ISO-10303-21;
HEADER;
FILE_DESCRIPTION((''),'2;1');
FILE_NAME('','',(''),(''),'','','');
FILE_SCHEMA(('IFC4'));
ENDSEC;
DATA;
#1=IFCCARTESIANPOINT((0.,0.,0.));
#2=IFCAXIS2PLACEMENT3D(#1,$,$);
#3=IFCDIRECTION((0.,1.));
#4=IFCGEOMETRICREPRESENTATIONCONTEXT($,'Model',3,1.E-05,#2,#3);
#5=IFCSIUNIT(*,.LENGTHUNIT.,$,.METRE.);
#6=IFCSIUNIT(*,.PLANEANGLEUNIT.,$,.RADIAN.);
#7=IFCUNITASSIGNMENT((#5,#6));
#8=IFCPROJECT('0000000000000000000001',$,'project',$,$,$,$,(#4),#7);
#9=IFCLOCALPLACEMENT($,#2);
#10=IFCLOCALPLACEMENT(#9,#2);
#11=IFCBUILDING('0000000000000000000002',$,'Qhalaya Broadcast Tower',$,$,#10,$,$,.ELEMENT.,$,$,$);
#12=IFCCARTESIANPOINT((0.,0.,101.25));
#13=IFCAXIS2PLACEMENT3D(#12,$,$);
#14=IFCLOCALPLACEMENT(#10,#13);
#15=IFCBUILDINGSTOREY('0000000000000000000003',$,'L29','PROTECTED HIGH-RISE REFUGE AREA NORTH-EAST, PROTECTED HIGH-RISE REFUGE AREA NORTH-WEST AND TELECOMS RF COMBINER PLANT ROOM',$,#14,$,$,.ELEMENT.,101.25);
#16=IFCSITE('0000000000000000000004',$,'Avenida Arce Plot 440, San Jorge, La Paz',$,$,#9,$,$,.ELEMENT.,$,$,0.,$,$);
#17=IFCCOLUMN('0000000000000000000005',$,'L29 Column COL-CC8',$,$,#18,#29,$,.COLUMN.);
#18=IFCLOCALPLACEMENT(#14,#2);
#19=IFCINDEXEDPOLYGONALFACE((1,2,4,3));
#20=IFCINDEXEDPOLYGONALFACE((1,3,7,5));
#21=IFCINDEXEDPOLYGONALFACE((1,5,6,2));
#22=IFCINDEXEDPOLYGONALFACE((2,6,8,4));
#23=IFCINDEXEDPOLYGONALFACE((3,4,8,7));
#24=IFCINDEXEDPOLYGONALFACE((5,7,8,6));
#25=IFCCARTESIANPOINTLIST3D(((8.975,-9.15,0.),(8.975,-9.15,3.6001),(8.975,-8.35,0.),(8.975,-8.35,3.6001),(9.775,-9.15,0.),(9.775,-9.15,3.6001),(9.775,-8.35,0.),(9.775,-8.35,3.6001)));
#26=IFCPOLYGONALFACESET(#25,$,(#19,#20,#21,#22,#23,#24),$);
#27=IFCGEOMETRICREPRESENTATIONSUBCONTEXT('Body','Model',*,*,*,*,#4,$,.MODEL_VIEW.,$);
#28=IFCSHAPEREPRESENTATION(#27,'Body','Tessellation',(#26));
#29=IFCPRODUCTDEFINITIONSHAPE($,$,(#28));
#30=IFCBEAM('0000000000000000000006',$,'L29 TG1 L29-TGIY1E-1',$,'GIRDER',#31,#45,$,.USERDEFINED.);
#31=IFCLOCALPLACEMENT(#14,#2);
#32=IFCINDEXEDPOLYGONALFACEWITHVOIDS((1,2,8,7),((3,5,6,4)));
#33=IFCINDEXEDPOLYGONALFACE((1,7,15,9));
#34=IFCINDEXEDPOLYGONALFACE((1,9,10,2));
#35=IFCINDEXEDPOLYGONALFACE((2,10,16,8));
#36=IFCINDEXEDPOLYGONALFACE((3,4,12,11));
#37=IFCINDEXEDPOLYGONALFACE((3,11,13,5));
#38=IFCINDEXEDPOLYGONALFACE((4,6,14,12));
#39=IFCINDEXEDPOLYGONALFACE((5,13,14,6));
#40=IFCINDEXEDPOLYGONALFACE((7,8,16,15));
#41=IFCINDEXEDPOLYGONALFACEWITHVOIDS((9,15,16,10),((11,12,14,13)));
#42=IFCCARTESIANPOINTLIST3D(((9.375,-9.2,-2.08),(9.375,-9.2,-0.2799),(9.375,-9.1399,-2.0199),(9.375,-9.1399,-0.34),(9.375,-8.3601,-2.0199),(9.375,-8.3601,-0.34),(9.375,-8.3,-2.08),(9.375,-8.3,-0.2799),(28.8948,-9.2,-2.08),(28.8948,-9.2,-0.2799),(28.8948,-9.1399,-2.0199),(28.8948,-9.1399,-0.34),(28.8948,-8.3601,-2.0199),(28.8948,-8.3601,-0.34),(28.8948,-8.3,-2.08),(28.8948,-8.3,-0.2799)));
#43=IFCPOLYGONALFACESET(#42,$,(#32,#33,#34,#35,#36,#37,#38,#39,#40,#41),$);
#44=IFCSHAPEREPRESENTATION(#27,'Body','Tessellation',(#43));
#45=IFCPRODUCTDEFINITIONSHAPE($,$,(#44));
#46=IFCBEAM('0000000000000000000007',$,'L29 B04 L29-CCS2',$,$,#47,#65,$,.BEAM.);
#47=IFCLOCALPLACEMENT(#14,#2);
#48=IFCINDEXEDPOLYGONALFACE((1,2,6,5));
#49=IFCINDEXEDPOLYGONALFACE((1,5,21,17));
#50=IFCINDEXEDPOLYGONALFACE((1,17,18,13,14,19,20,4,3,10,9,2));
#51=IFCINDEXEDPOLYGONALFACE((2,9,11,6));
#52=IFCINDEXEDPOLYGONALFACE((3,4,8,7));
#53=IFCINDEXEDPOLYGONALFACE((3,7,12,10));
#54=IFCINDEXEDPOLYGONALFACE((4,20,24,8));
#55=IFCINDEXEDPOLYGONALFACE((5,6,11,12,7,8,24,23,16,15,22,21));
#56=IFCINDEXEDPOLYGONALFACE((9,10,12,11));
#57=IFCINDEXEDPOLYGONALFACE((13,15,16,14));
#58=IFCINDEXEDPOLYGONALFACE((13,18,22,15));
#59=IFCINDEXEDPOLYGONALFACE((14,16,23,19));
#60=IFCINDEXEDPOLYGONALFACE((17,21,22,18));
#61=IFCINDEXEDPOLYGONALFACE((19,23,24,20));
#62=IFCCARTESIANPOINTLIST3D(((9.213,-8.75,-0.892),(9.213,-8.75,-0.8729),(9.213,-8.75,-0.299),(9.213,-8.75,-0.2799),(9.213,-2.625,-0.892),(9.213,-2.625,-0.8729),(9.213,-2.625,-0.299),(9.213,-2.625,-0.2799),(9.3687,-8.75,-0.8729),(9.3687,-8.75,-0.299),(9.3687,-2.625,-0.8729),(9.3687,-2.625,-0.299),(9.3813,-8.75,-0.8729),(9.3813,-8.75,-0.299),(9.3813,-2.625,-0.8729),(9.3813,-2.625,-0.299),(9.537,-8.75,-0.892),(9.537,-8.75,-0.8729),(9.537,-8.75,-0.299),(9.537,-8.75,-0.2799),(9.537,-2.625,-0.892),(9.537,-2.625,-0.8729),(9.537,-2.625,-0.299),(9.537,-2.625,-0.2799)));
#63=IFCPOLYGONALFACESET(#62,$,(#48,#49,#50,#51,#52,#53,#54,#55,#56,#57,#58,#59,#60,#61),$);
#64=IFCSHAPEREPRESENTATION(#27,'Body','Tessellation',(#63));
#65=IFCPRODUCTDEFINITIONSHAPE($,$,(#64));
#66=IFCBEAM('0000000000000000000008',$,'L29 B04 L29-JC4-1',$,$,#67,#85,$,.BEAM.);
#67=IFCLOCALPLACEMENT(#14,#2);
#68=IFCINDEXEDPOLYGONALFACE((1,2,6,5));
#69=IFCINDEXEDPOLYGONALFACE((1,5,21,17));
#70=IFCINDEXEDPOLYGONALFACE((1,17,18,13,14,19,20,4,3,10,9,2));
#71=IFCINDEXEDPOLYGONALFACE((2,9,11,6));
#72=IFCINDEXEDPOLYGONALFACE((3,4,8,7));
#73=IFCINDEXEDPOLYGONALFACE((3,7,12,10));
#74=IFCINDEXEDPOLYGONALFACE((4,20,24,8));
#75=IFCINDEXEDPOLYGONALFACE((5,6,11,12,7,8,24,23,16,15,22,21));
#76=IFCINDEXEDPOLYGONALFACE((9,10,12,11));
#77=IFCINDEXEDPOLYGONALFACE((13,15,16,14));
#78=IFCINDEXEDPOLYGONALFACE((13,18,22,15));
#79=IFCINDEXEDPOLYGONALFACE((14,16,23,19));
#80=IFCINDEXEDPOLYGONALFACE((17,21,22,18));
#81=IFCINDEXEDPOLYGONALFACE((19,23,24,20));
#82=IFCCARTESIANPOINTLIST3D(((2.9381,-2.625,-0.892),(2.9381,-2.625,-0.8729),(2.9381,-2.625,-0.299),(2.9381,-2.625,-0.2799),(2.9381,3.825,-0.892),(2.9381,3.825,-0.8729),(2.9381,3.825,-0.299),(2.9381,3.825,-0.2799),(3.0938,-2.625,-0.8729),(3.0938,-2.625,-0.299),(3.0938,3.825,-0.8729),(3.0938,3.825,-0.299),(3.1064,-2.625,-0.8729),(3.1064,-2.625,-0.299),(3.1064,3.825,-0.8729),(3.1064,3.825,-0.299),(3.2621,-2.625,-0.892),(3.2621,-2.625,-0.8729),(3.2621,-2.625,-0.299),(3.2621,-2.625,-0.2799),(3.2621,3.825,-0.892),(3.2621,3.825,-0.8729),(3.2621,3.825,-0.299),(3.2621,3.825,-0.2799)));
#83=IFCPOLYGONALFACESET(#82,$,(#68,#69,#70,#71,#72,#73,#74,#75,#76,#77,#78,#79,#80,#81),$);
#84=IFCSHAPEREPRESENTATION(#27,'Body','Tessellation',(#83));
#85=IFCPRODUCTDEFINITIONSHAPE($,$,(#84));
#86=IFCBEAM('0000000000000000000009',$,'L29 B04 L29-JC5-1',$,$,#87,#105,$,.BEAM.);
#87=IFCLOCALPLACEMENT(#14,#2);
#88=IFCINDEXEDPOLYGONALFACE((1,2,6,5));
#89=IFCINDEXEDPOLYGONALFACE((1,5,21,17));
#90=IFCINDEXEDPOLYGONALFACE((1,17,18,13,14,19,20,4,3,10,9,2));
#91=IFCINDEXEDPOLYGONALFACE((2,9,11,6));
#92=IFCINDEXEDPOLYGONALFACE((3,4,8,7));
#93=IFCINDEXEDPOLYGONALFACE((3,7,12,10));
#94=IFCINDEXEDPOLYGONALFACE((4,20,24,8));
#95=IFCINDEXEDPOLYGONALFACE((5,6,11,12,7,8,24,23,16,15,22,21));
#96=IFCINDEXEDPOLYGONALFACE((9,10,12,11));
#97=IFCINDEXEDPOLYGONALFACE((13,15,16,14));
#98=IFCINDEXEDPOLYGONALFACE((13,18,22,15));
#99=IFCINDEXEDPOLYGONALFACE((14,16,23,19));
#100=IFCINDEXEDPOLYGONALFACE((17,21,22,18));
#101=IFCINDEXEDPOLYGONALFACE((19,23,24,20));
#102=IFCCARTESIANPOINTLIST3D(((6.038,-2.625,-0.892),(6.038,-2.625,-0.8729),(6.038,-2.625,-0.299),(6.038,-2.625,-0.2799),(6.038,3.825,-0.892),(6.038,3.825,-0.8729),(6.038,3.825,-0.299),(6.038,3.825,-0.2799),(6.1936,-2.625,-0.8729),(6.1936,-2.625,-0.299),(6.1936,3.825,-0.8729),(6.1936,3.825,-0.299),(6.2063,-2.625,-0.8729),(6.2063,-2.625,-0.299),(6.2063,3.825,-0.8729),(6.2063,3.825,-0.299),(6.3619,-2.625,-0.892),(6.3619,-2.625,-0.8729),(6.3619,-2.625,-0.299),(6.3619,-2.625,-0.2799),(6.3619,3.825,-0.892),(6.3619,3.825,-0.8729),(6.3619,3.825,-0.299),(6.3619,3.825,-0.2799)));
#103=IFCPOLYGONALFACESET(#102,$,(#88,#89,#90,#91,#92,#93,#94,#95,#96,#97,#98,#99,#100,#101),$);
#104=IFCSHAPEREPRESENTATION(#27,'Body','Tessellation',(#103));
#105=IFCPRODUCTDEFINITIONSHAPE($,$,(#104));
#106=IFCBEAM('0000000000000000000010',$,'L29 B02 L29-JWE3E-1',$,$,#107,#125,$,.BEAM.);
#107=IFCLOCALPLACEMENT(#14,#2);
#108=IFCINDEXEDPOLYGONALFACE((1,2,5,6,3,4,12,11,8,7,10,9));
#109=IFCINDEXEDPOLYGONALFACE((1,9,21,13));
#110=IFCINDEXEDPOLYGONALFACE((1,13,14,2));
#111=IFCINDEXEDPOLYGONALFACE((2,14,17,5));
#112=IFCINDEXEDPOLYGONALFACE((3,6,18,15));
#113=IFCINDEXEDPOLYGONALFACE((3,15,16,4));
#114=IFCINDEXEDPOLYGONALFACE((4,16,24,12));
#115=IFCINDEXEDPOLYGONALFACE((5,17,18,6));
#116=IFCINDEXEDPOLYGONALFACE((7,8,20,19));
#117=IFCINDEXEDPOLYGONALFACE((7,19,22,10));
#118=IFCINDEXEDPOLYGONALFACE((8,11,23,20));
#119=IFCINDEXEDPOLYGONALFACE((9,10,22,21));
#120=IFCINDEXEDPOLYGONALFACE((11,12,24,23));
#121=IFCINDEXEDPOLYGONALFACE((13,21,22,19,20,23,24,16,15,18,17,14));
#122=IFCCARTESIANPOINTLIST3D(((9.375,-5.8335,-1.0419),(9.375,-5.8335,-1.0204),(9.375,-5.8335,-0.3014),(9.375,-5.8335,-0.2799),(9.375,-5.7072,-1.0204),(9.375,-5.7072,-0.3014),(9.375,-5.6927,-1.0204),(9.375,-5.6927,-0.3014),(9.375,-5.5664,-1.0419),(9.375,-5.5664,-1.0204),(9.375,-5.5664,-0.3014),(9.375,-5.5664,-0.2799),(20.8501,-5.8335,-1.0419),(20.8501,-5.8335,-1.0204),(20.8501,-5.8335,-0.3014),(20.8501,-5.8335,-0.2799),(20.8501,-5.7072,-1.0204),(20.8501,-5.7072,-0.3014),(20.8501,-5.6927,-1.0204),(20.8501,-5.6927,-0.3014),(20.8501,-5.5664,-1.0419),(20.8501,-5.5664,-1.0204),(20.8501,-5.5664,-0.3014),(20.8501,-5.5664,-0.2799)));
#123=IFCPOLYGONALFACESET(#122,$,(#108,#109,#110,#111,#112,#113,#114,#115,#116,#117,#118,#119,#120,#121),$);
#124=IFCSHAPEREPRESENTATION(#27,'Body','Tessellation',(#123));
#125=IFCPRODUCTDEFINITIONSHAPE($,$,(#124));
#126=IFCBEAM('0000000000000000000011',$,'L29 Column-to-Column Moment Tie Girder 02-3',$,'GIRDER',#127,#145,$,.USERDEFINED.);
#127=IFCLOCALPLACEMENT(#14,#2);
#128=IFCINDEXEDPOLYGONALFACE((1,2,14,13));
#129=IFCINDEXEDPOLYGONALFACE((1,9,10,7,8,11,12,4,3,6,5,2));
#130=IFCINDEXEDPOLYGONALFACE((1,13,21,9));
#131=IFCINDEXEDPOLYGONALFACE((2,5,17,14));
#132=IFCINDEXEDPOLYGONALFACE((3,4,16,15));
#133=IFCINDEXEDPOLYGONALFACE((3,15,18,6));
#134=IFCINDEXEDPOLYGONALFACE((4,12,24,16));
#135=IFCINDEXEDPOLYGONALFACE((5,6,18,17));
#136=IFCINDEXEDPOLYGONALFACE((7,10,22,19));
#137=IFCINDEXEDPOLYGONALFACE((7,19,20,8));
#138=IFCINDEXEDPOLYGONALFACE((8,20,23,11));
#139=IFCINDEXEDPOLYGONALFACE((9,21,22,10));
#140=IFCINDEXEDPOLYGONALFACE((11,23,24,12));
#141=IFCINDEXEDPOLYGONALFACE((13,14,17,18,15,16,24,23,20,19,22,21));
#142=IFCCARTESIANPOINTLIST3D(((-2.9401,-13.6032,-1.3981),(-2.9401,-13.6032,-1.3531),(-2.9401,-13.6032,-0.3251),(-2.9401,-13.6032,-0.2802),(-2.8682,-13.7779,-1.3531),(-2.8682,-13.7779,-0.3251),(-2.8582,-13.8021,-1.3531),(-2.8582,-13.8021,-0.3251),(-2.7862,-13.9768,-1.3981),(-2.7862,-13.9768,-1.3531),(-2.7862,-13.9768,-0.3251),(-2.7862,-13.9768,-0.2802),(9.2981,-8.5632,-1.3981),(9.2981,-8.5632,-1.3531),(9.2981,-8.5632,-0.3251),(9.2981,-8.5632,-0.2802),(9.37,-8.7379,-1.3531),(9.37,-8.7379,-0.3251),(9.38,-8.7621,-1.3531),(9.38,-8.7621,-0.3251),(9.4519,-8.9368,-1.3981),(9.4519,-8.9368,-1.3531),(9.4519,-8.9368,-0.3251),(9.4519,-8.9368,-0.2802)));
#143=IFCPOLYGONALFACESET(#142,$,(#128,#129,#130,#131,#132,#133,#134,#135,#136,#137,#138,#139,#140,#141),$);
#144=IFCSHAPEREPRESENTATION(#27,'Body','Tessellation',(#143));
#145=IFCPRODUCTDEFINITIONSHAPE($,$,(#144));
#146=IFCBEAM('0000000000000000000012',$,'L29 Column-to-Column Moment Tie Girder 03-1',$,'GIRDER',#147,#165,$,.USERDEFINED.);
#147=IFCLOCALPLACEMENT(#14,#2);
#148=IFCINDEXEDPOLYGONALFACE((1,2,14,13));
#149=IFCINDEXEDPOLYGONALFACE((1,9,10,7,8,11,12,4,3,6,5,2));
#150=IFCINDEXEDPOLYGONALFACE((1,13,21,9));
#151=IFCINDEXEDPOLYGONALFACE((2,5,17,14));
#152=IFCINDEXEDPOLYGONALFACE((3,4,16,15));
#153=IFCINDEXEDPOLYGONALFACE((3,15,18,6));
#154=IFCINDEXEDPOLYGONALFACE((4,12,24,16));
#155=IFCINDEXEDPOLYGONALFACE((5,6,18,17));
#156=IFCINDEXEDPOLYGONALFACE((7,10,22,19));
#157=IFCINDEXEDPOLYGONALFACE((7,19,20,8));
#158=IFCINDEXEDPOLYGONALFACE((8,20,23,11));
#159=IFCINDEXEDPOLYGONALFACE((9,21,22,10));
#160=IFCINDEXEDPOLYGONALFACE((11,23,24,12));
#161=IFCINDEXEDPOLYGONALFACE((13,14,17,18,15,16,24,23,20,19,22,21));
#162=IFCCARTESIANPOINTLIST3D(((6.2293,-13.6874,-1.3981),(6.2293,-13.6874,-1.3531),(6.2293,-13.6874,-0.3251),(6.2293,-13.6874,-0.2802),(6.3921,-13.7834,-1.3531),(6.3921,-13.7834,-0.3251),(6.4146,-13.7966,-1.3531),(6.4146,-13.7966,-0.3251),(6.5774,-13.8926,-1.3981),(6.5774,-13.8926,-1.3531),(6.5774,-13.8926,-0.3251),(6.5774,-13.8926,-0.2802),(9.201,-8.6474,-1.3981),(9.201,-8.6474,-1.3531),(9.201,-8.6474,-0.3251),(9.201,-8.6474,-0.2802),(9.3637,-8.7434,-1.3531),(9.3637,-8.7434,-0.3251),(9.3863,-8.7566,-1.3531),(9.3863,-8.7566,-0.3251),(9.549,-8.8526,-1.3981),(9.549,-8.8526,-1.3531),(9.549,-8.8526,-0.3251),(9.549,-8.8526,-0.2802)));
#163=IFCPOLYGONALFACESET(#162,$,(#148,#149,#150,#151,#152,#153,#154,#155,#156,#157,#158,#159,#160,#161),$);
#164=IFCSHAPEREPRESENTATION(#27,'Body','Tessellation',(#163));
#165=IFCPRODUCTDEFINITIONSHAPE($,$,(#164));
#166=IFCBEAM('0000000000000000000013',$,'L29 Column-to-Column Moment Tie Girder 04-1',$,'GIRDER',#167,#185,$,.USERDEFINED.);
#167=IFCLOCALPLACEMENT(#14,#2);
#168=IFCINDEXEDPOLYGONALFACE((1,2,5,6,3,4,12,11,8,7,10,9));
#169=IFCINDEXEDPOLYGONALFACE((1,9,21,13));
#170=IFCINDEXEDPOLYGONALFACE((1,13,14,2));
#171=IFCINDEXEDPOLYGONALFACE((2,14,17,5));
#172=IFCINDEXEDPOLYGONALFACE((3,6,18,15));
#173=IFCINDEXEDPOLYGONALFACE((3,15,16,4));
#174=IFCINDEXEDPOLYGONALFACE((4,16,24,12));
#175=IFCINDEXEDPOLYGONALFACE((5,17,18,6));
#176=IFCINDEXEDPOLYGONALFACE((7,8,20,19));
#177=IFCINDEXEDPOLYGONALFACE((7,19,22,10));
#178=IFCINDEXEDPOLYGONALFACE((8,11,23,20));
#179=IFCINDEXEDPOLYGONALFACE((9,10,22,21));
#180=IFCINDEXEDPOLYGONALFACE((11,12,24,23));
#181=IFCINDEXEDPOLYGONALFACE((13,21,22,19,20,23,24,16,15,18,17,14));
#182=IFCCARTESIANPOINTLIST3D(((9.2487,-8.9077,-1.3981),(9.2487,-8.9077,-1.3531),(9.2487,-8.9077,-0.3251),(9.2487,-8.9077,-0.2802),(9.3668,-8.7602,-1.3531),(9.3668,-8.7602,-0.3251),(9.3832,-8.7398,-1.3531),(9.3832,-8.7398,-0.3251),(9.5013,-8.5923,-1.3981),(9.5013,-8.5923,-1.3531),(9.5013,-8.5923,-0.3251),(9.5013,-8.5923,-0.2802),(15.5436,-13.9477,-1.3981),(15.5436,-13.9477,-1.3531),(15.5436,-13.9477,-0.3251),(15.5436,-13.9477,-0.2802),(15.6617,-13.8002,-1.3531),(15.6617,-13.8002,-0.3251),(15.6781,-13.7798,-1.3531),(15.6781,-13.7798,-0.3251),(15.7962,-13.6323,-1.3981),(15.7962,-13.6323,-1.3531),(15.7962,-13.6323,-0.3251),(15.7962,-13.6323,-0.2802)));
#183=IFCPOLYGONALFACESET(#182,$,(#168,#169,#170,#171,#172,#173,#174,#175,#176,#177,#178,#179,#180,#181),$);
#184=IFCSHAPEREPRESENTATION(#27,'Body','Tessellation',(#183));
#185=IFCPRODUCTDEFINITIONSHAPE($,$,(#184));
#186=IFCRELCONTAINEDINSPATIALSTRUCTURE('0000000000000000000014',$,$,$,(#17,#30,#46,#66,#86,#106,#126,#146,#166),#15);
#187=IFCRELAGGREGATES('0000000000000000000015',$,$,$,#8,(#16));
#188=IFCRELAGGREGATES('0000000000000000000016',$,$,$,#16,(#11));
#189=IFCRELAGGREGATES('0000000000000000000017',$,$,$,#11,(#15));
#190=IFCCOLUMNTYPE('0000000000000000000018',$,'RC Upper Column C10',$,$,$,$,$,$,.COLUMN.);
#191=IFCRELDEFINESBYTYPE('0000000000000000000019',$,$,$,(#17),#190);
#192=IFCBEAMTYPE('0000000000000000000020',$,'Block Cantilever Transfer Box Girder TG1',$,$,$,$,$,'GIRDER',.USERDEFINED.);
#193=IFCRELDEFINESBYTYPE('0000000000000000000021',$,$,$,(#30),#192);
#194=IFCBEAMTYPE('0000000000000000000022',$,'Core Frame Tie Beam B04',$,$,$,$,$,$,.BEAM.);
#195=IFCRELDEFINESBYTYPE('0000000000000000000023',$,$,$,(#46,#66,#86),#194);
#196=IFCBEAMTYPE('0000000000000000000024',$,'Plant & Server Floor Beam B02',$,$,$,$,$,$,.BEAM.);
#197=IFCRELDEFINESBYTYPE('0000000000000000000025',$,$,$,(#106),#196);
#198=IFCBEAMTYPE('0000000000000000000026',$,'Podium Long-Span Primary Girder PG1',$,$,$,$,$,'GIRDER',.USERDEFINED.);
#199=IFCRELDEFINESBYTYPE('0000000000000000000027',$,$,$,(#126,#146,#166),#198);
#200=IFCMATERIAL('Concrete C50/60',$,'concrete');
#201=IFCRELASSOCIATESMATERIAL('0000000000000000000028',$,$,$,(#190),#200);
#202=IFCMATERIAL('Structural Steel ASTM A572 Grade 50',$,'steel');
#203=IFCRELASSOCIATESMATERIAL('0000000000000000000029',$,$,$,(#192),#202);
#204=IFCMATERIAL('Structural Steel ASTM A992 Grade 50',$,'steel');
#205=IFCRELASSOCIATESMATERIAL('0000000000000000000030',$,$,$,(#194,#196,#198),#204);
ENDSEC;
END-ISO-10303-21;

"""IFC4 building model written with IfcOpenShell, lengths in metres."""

from ifc_helpers import new_model, si_unit, direction, frame, origin, origin_2d, place, context, subcontext, project, spatial, rectangle, hollow_rectangle, i_section, extrude, material, material_profile, profile_set, type_object, element, save


model = new_model("IFC4")

# Units and contexts
model_context = context("Model", 3, precision=1e-05, world=origin(), true_north=direction((0.0, 1.0)))
body_context = subcontext(model_context, "Body", "Model", "MODEL_VIEW")
ifc_project = project(units=[si_unit("LENGTHUNIT", "METRE"), si_unit("PLANEANGLEUNIT", "RADIAN")], contexts=[model_context])

# Site, building, storey
site_placement = place(None, origin())
site = spatial("IfcSite", under=ifc_project, at=site_placement, Name="Avenida Arce Plot 440, San Jorge, La Paz", CompositionType="ELEMENT", RefElevation=0.0)
building_placement = place(site_placement, origin())
building = spatial("IfcBuilding", under=site, at=building_placement, Name="Qhalaya Broadcast Tower", CompositionType="ELEMENT")
storey_placement = place(building_placement, frame((0.0, 0.0, 101.25)))
storey = spatial("IfcBuildingStorey", under=building, at=storey_placement, Name="L29", Description="PROTECTED HIGH-RISE REFUGE AREA NORTH-EAST, PROTECTED HIGH-RISE REFUGE AREA NORTH-WEST AND TELECOMS RF COMBINER PLANT ROOM", CompositionType="ELEMENT", Elevation=101.25)

# Column
ifc_material_1 = material(Name="Concrete C50/60", Category="concrete")
ifc_material_profile_1 = material_profile(ifc_material_1, rectangle(XDim=0.8, YDim=0.8, at=origin_2d()), Name="RC-COL 800x800")
ifc_profile_set_1 = profile_set([ifc_material_profile_1], Name="Concrete C50/60")
column_type = type_object("IfcColumnType", Name="RC Upper Column C10", PredefinedType="COLUMN", material=ifc_profile_set_1)
column_placement = place(storey_placement, frame((9.375, -8.75, 0.0), z_axis=(0.0, 0.0, 1.0), x_axis=(1.0, 0.0, 0.0)))
element("IfcColumn", 1, at=column_placement, inside=storey, type_object=column_type, Name="L29 Column COL-CC8", PredefinedType="COLUMN", context=body_context, shape_type="SweptSolid", body=[
    extrude(rectangle(XDim=0.8, YDim=0.8, at=origin_2d()), origin(), (0.0, 0.0, 1.0), 3.6001),
])

# Beams
ifc_material_2 = material(Name="Structural Steel ASTM A572 Grade 50", Category="steel")
ifc_material_profile_2 = material_profile(ifc_material_2, hollow_rectangle(XDim=0.8999, YDim=1.8, WallThickness=0.0601, at=origin_2d()), Name="BOX 900x1800x60")
ifc_profile_set_2 = profile_set([ifc_material_profile_2], Name="Structural Steel ASTM A572 Grade 50")
beam_type_1 = type_object("IfcBeamType", Name="Block Cantilever Transfer Box Girder TG1", ElementType="GIRDER", PredefinedType="USERDEFINED", material=ifc_profile_set_2)
beam_1_placement = place(storey_placement, frame((9.375, -8.75, -1.1799), z_axis=(1.0, 0.0, 0.0), x_axis=(0.0, 1.0, 0.0)))
element("IfcBeam", 2, at=beam_1_placement, inside=storey, type_object=beam_type_1, Name="L29 TG1 L29-TGIY1E-1", ObjectType="GIRDER", PredefinedType="USERDEFINED", context=body_context, shape_type="SweptSolid", body=[
    extrude(hollow_rectangle(XDim=0.8999, YDim=1.8, WallThickness=0.0601, at=origin_2d()), origin(), (0.0, 0.0, 1.0), 19.5198),
])
ifc_material_3 = material(Name="Structural Steel ASTM A992 Grade 50", Category="steel")
ifc_material_profile_3 = material_profile(ifc_material_3, i_section(OverallWidth=0.324, OverallDepth=0.6121, WebThickness=0.0127, FlangeThickness=0.019, at=origin_2d()), Name="W24X104")
ifc_profile_set_3 = profile_set([ifc_material_profile_3], Name="Structural Steel ASTM A992 Grade 50")
beam_type_2 = type_object("IfcBeamType", Name="Core Frame Tie Beam B04", PredefinedType="BEAM", material=ifc_profile_set_3)
beam_2_placement = place(storey_placement, frame((9.375, -8.75, -0.5859), z_axis=(0.0, 1.0, 0.0), x_axis=(-1.0, 0.0, 0.0)))
element("IfcBeam", 3, at=beam_2_placement, inside=storey, type_object=beam_type_2, Name="L29 B04 L29-CCS2", PredefinedType="BEAM", context=body_context, shape_type="SweptSolid", body=[
    extrude(i_section(OverallWidth=0.324, OverallDepth=0.6121, WebThickness=0.0127, FlangeThickness=0.019, at=origin_2d()), origin(), (0.0, 0.0, 1.0), 6.125),
])
for number, where, z_axis, x_axis, name in (
    (4, (3.1001, -2.625, -0.5859), (0.0, 1.0, 0.0), (-1.0, 0.0, 0.0), "L29 B04 L29-JC4-1"),
    (5, (6.2, -2.625, -0.5859), (0.0, 1.0, 0.0), (-1.0, 0.0, 0.0), "L29 B04 L29-JC5-1"),
):
    element("IfcBeam", number, at=place(storey_placement, frame(where, z_axis=z_axis, x_axis=x_axis)), inside=storey, type_object=beam_type_2, Name=name, PredefinedType="BEAM", context=body_context, shape_type="SweptSolid", body=[
        extrude(i_section(OverallWidth=0.324, OverallDepth=0.6121, WebThickness=0.0127, FlangeThickness=0.019, at=origin_2d()), origin(), (0.0, 0.0, 1.0), 6.45),
    ])
ifc_material_profile_4 = material_profile(ifc_material_3, i_section(OverallWidth=0.2671, OverallDepth=0.762, WebThickness=0.0144, FlangeThickness=0.0215, at=origin_2d()), Name="W30X116")
ifc_profile_set_4 = profile_set([ifc_material_profile_4], Name="Structural Steel ASTM A992 Grade 50")
beam_type_3 = type_object("IfcBeamType", Name="Plant & Server Floor Beam B02", PredefinedType="BEAM", material=ifc_profile_set_4)
beam_3_placement = place(storey_placement, frame((9.375, -5.7, -0.6609), z_axis=(1.0, 0.0, 0.0), x_axis=(0.0, 1.0, 0.0)))
element("IfcBeam", 6, at=beam_3_placement, inside=storey, type_object=beam_type_3, Name="L29 B02 L29-JWE3E-1", PredefinedType="BEAM", context=body_context, shape_type="SweptSolid", body=[
    extrude(i_section(OverallWidth=0.2671, OverallDepth=0.762, WebThickness=0.0144, FlangeThickness=0.0215, at=origin_2d()), origin(), (0.0, 0.0, 1.0), 11.4751),
])
ifc_material_profile_5 = material_profile(ifc_material_3, i_section(OverallWidth=0.4041, OverallDepth=1.1179, WebThickness=0.0261, FlangeThickness=0.0449, at=origin_2d()), Name="W44X335")
ifc_profile_set_5 = profile_set([ifc_material_profile_5], Name="Structural Steel ASTM A992 Grade 50")
beam_type_4 = type_object("IfcBeamType", Name="Podium Long-Span Primary Girder PG1", ElementType="GIRDER", PredefinedType="USERDEFINED", material=ifc_profile_set_5)
beam_4_placement = place(storey_placement, frame((9.375, -8.75, -0.8391), z_axis=(-0.924658, -0.380798, 0.0), x_axis=(0.380798, -0.924658, 0.0)))
element("IfcBeam", 7, at=beam_4_placement, inside=storey, type_object=beam_type_4, Name="L29 Column-to-Column Moment Tie Girder 02-3", ObjectType="GIRDER", PredefinedType="USERDEFINED", context=body_context, shape_type="SweptSolid", body=[
    extrude(i_section(OverallWidth=0.4041, OverallDepth=1.1179, WebThickness=0.0261, FlangeThickness=0.0449, at=origin_2d()), origin(), (0.0, 0.0, 1.0), 13.2354),
])
beam_5_placement = place(storey_placement, frame((9.375, -8.75, -0.8391), z_axis=(-0.507902, -0.861415, 0.0), x_axis=(0.861415, -0.507902, 0.0)))
element("IfcBeam", 8, at=beam_5_placement, inside=storey, type_object=beam_type_4, Name="L29 Column-to-Column Moment Tie Girder 03-1", ObjectType="GIRDER", PredefinedType="USERDEFINED", context=body_context, shape_type="SweptSolid", body=[
    extrude(i_section(OverallWidth=0.4041, OverallDepth=1.1179, WebThickness=0.0261, FlangeThickness=0.0449, at=origin_2d()), origin(), (0.0, 0.0, 1.0), 5.8508),
])
beam_6_placement = place(storey_placement, frame((9.375, -8.75, -0.8391), z_axis=(0.780621, -0.625005, 0.0), x_axis=(0.625005, 0.780621, 0.0)))
element("IfcBeam", 9, at=beam_6_placement, inside=storey, type_object=beam_type_4, Name="L29 Column-to-Column Moment Tie Girder 04-1", ObjectType="GIRDER", PredefinedType="USERDEFINED", context=body_context, shape_type="SweptSolid", body=[
    extrude(i_section(OverallWidth=0.4041, OverallDepth=1.1179, WebThickness=0.0261, FlangeThickness=0.0449, at=origin_2d()), origin(), (0.0, 0.0, 1.0), 8.064),
])

save(model, "model.ifc")
